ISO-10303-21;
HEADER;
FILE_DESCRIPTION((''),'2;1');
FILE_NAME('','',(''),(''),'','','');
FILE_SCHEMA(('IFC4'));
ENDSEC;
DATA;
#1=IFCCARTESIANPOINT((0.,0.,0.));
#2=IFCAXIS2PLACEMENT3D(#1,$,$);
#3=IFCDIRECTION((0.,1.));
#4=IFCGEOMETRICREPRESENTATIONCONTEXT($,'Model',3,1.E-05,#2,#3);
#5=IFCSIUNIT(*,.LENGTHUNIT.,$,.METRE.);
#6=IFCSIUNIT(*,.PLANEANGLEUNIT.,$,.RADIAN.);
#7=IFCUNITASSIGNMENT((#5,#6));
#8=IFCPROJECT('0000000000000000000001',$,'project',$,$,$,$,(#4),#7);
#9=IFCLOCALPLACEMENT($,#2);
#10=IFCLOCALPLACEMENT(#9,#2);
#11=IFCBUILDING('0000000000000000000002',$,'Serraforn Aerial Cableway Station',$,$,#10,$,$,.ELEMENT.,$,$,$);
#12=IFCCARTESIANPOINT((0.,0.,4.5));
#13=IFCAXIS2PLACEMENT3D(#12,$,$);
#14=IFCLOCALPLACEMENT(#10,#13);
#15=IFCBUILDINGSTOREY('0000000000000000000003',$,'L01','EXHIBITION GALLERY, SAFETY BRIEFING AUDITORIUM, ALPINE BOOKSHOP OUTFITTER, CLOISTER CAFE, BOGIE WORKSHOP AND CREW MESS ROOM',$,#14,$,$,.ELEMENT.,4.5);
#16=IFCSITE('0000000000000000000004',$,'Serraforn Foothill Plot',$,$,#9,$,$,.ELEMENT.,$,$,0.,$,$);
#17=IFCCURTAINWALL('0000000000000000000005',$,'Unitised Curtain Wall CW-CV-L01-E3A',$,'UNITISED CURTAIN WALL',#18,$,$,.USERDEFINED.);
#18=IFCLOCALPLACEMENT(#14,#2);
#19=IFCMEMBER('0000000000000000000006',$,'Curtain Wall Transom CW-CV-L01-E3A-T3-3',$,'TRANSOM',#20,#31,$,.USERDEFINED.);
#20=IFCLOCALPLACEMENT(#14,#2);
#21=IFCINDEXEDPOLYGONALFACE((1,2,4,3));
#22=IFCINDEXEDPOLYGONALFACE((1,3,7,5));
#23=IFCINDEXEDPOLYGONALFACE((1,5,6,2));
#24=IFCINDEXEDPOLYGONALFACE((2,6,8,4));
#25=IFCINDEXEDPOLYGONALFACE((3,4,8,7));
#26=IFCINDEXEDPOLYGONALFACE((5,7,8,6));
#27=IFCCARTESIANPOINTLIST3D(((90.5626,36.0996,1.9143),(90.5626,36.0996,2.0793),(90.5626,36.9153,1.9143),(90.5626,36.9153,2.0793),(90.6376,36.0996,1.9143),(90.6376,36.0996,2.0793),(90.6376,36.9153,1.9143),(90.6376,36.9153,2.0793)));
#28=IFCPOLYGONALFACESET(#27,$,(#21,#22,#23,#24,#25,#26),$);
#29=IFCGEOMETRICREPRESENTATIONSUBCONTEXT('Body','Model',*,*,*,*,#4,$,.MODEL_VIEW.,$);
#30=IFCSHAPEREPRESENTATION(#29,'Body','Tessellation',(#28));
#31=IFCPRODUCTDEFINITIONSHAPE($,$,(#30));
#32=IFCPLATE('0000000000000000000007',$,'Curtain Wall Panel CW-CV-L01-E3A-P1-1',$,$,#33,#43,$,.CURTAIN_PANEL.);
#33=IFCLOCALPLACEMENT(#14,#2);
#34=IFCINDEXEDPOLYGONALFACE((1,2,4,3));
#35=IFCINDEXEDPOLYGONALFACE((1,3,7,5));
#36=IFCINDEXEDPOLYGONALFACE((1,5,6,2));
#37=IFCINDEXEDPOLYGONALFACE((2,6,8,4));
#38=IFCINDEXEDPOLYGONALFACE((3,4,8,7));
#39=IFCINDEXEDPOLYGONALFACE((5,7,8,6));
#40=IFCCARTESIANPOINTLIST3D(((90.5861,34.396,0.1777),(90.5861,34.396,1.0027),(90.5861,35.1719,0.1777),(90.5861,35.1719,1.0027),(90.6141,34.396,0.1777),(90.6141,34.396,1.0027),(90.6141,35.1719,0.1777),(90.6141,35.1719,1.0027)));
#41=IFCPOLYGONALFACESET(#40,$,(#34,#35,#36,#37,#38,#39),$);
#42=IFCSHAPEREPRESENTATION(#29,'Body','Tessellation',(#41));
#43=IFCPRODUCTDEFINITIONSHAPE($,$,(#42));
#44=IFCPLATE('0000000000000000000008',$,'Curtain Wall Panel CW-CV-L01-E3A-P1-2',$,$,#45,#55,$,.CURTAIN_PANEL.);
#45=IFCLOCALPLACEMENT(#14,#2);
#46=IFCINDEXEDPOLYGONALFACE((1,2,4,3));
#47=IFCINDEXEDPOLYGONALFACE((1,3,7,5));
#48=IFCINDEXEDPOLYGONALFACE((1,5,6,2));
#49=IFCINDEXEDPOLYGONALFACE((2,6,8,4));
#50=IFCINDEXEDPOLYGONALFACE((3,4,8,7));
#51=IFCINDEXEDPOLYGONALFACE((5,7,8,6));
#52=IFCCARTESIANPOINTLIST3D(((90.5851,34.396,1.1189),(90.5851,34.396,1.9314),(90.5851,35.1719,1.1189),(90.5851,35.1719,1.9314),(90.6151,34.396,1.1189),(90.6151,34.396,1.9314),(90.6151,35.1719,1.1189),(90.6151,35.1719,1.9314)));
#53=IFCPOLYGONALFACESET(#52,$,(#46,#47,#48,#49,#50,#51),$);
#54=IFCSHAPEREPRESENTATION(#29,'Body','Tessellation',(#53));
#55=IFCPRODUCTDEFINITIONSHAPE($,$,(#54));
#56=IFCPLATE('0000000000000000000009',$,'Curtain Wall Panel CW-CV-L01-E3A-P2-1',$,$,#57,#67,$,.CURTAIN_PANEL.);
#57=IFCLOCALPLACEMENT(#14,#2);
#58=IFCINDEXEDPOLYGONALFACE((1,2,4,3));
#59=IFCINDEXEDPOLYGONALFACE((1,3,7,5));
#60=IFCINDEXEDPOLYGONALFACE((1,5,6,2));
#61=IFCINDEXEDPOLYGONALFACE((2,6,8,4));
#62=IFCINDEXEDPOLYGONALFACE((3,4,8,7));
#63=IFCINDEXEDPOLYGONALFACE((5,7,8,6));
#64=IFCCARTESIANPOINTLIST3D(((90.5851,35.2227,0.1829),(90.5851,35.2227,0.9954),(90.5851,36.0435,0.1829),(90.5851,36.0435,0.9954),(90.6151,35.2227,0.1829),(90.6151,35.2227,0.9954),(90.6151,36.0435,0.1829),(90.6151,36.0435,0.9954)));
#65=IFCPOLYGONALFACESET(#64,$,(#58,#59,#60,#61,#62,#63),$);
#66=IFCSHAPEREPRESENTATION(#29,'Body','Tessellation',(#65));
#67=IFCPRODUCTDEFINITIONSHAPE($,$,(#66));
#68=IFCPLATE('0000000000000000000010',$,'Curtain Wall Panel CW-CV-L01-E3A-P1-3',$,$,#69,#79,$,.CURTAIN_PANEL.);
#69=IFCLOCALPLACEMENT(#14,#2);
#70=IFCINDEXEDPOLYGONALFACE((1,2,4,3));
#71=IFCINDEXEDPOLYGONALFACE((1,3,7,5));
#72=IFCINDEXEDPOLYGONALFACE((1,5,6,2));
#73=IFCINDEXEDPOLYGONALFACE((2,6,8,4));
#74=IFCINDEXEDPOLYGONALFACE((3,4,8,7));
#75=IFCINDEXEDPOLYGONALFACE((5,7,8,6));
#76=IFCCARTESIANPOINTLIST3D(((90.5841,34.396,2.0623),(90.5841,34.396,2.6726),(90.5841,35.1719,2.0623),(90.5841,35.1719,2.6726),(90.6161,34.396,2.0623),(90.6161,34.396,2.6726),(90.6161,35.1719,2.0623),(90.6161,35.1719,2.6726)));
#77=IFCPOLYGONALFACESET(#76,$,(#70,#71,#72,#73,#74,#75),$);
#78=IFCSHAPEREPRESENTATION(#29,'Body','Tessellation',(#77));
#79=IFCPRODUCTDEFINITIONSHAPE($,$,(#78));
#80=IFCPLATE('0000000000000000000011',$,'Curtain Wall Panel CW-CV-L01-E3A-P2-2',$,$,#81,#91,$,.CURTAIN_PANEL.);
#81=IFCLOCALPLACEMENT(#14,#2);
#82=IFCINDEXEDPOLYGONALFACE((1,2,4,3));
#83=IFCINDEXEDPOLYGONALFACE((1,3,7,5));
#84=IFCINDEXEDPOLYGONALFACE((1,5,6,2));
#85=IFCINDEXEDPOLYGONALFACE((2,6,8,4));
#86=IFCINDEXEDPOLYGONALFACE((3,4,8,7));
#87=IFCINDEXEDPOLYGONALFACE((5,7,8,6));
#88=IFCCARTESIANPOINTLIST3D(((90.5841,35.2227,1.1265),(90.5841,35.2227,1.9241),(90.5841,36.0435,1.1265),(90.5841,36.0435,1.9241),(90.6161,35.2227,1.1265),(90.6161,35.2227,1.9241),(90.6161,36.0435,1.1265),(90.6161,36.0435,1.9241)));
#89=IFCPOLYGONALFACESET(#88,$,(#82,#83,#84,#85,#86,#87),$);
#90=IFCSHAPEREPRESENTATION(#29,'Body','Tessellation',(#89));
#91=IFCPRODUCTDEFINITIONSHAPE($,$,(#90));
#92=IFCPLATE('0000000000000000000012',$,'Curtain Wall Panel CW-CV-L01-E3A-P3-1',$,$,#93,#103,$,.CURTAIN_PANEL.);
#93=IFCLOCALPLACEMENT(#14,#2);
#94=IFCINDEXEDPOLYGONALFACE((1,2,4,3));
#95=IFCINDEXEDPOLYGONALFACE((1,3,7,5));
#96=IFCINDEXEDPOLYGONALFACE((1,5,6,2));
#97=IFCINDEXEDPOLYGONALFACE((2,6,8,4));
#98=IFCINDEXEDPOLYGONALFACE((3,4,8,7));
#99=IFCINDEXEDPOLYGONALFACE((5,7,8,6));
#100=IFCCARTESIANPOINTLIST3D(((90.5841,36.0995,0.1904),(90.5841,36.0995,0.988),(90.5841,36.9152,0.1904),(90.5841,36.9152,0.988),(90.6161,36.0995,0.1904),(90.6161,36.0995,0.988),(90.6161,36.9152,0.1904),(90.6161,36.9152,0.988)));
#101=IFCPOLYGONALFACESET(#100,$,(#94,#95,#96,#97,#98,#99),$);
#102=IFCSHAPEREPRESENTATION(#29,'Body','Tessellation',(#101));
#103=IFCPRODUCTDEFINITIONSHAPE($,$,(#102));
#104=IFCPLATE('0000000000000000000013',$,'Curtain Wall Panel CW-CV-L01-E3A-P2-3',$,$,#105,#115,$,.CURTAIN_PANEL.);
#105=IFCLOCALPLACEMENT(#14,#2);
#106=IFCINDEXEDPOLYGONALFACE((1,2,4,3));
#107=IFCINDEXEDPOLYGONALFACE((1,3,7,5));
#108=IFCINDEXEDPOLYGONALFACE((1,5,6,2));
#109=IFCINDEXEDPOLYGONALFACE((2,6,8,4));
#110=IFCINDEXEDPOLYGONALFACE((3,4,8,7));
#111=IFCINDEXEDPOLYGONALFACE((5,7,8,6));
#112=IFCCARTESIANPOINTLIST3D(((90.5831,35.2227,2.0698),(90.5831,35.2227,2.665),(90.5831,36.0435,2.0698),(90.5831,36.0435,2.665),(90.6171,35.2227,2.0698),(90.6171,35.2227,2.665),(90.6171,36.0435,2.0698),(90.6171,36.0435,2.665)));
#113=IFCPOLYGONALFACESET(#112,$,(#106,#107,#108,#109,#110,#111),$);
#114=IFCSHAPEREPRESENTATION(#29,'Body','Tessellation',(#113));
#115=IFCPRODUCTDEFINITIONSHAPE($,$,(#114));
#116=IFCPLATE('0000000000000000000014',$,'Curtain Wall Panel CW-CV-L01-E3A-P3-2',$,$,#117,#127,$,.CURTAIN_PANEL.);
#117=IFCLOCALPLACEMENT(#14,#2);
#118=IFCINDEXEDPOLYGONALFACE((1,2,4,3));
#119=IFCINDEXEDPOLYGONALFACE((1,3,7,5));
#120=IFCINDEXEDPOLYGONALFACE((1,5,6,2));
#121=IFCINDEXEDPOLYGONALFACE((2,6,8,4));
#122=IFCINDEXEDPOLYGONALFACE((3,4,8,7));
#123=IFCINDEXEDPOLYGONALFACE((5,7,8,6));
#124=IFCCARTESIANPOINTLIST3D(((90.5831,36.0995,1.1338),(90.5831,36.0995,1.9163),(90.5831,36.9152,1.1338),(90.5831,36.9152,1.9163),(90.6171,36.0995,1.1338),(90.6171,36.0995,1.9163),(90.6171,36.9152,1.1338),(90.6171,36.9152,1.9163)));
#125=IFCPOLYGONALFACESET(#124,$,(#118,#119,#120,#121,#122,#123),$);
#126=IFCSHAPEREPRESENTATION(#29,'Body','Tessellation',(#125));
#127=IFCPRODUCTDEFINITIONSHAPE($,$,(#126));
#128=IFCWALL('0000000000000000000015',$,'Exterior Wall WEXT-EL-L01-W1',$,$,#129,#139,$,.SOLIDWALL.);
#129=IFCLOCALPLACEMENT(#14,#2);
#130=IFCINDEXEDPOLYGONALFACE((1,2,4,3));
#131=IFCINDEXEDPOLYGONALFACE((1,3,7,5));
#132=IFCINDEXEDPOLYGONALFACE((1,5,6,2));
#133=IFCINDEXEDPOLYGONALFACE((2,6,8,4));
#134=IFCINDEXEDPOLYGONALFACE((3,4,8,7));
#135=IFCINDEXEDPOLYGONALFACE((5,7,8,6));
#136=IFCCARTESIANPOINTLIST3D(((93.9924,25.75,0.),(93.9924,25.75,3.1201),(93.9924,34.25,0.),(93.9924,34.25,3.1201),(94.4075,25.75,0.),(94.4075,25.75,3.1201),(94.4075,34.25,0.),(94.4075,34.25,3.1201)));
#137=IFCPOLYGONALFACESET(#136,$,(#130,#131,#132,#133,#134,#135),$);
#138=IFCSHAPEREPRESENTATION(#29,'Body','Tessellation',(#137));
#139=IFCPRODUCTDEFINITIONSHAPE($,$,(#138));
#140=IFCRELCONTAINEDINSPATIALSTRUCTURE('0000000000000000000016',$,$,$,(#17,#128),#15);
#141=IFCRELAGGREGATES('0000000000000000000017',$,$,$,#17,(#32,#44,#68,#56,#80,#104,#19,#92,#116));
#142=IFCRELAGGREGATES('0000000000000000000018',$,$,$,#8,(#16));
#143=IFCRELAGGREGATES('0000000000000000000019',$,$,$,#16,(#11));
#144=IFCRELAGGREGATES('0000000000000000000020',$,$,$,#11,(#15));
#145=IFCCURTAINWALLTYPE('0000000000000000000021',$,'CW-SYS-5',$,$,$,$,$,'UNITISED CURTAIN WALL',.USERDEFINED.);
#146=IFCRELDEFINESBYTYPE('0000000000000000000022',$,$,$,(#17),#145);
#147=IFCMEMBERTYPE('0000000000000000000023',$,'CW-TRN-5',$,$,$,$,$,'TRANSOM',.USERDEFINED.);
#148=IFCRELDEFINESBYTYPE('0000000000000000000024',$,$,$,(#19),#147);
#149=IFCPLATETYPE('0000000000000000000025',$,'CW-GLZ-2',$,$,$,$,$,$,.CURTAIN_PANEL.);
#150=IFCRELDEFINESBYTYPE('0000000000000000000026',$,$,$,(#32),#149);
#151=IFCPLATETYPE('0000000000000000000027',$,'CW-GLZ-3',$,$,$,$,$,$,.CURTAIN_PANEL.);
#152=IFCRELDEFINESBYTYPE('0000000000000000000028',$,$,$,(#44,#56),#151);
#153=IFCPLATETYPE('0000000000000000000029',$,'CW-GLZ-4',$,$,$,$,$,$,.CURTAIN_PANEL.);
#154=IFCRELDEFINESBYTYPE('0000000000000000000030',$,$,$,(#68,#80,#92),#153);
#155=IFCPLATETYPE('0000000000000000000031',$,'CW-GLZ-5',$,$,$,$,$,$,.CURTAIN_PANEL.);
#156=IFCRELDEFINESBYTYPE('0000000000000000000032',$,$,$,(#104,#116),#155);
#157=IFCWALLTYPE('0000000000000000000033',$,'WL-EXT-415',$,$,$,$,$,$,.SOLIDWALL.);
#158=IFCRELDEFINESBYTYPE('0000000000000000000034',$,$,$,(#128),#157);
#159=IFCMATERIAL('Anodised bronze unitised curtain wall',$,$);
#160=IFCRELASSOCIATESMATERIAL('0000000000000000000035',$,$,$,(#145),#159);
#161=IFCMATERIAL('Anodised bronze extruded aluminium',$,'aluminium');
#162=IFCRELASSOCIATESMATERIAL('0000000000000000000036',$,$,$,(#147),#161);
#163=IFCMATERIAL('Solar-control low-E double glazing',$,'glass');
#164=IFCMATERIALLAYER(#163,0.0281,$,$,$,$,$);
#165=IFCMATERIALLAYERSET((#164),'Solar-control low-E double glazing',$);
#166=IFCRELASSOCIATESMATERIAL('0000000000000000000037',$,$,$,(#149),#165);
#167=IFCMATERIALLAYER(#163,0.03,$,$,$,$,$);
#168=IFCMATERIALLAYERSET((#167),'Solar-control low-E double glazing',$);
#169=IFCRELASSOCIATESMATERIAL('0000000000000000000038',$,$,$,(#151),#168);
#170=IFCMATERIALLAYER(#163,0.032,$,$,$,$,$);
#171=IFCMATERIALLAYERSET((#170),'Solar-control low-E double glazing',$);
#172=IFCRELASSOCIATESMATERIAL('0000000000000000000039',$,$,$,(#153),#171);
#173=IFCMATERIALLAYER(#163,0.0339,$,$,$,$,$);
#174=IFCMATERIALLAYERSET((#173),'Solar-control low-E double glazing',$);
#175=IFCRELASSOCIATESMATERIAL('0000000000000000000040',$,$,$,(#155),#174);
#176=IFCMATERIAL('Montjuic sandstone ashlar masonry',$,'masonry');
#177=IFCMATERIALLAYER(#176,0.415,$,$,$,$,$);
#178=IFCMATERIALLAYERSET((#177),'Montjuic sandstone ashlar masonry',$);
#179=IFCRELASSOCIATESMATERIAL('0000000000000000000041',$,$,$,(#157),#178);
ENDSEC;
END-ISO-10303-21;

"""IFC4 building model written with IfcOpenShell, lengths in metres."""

from ifc_helpers import new_model, si_unit, direction, frame, frame_2d, origin, origin_2d, place, context, subcontext, project, spatial, rectangle, extrude, material, layer, layer_set, material_profile, profile_set, type_object, element, aggregate, save


model = new_model("IFC4")

# Units and contexts
model_context = context("Model", 3, precision=1e-05, world=origin(), true_north=direction((0.0, 1.0)))
body_context = subcontext(model_context, "Body", "Model", "MODEL_VIEW")
ifc_project = project(units=[si_unit("LENGTHUNIT", "METRE"), si_unit("PLANEANGLEUNIT", "RADIAN")], contexts=[model_context])

# Site, building, storey
site_placement = place(None, origin())
site = spatial("IfcSite", under=ifc_project, at=site_placement, Name="Serraforn Foothill Plot", CompositionType="ELEMENT", RefElevation=0.0)
building_placement = place(site_placement, origin())
building = spatial("IfcBuilding", under=site, at=building_placement, Name="Serraforn Aerial Cableway Station", CompositionType="ELEMENT")
storey_placement = place(building_placement, frame((0.0, 0.0, 4.5)))
storey = spatial("IfcBuildingStorey", under=building, at=storey_placement, Name="L01", Description="EXHIBITION GALLERY, SAFETY BRIEFING AUDITORIUM, ALPINE BOOKSHOP OUTFITTER, CLOISTER CAFE, BOGIE WORKSHOP AND CREW MESS ROOM", CompositionType="ELEMENT", Elevation=4.5)

# Curtain wall, member, plates
ifc_material_1 = material(Name="Anodised bronze unitised curtain wall")
curtain_wall_type = type_object("IfcCurtainWallType", Name="CW-SYS-5", ElementType="UNITISED CURTAIN WALL", PredefinedType="USERDEFINED", material=ifc_material_1)
curtain_wall_placement = place(storey_placement, origin())
curtain_wall = element("IfcCurtainWall", 1, at=curtain_wall_placement, inside=storey, type_object=curtain_wall_type, Name="Unitised Curtain Wall CW-CV-L01-E3A", ObjectType="UNITISED CURTAIN WALL", PredefinedType="USERDEFINED")
ifc_material_2 = material(Name="Anodised bronze extruded aluminium", Category="aluminium")
ifc_material_profile_1 = material_profile(ifc_material_2, rectangle(XDim=0.075, YDim=0.165, at=origin_2d()), Name="CW TRANSOM 75x165")
ifc_profile_set_1 = profile_set([ifc_material_profile_1], Name="Anodised bronze extruded aluminium")
member_type_1 = type_object("IfcMemberType", Name="CW-TRN-5", ElementType="TRANSOM", PredefinedType="USERDEFINED", material=ifc_profile_set_1)
member_1_placement = place(storey_placement, frame((90.6001, 36.0996, 1.9968), z_axis=(0.0, 1.0, 0.0), x_axis=(-1.0, 0.0, 0.0)))
member_1 = element("IfcMember", 2, at=member_1_placement, type_object=member_type_1, Name="Curtain Wall Transom CW-CV-L01-E3A-T3-3", ObjectType="TRANSOM", PredefinedType="USERDEFINED", context=body_context, shape_type="SweptSolid", body=[
    extrude(rectangle(XDim=0.075, YDim=0.165, at=origin_2d()), origin(), (0.0, 0.0, 1.0), 0.8157),
])
ifc_material_3 = material(Name="Solar-control low-E double glazing", Category="glass")
ifc_layer_1 = layer(ifc_material_3, 0.0281)
ifc_layer_set_1 = layer_set([ifc_layer_1], Name="Solar-control low-E double glazing")
plate_type_1 = type_object("IfcPlateType", Name="CW-GLZ-2", PredefinedType="CURTAIN_PANEL", material=ifc_layer_set_1)
plate_1_placement = place(storey_placement, frame((90.6001, 34.7839, 0.1777), z_axis=(0.0, 0.0, 1.0), x_axis=(1.0, 0.0, 0.0)))
plate_1 = element("IfcPlate", 3, at=plate_1_placement, type_object=plate_type_1, Name="Curtain Wall Panel CW-CV-L01-E3A-P1-1", PredefinedType="CURTAIN_PANEL", context=body_context, shape_type="SweptSolid", body=[
    extrude(rectangle(XDim=0.0281, YDim=0.7759, at=origin_2d()), origin(), (0.0, 0.0, 1.0), 0.825),
])
ifc_layer_2 = layer(ifc_material_3, 0.03)
ifc_layer_set_2 = layer_set([ifc_layer_2], Name="Solar-control low-E double glazing")
plate_type_2 = type_object("IfcPlateType", Name="CW-GLZ-3", PredefinedType="CURTAIN_PANEL", material=ifc_layer_set_2)
plate_2_placement = place(storey_placement, frame((90.6001, 34.7839, 1.1189), z_axis=(0.0, 0.0, 1.0), x_axis=(1.0, 0.0, 0.0)))
plate_2 = element("IfcPlate", 4, at=plate_2_placement, type_object=plate_type_2, Name="Curtain Wall Panel CW-CV-L01-E3A-P1-2", PredefinedType="CURTAIN_PANEL", context=body_context, shape_type="SweptSolid", body=[
    extrude(rectangle(XDim=0.03, YDim=0.7759, at=origin_2d()), origin(), (0.0, 0.0, 1.0), 0.8125),
])
plate_3_placement = place(storey_placement, frame((90.6001, 35.6331, 0.1829), z_axis=(0.0, 0.0, 1.0), x_axis=(1.0, 0.0, 0.0)))
plate_3 = element("IfcPlate", 5, at=plate_3_placement, type_object=plate_type_2, Name="Curtain Wall Panel CW-CV-L01-E3A-P2-1", PredefinedType="CURTAIN_PANEL", context=body_context, shape_type="SweptSolid", body=[
    extrude(rectangle(XDim=0.03, YDim=0.8208, at=origin_2d()), origin(), (0.0, 0.0, 1.0), 0.8125),
])
ifc_layer_3 = layer(ifc_material_3, 0.032)
ifc_layer_set_3 = layer_set([ifc_layer_3], Name="Solar-control low-E double glazing")
plate_type_3 = type_object("IfcPlateType", Name="CW-GLZ-4", PredefinedType="CURTAIN_PANEL", material=ifc_layer_set_3)
plate_4_placement = place(storey_placement, frame((90.6001, 34.7839, 2.0623), z_axis=(0.0, 0.0, 1.0), x_axis=(1.0, 0.0, 0.0)))
plate_4 = element("IfcPlate", 6, at=plate_4_placement, type_object=plate_type_3, Name="Curtain Wall Panel CW-CV-L01-E3A-P1-3", PredefinedType="CURTAIN_PANEL", context=body_context, shape_type="SweptSolid", body=[
    extrude(rectangle(XDim=0.032, YDim=0.7759, at=origin_2d()), origin(), (0.0, 0.0, 1.0), 0.6104),
])
plate_5_placement = place(storey_placement, frame((90.6001, 35.6331, 1.1265), z_axis=(0.0, 0.0, 1.0), x_axis=(1.0, 0.0, 0.0)))
plate_5 = element("IfcPlate", 7, at=plate_5_placement, type_object=plate_type_3, Name="Curtain Wall Panel CW-CV-L01-E3A-P2-2", PredefinedType="CURTAIN_PANEL", context=body_context, shape_type="SweptSolid", body=[
    extrude(rectangle(XDim=0.032, YDim=0.8208, at=origin_2d()), origin(), (0.0, 0.0, 1.0), 0.7976),
])
plate_6_placement = place(storey_placement, frame((90.6001, 36.5073, 0.1904), z_axis=(0.0, 0.0, 1.0), x_axis=(1.0, 0.0, 0.0)))
plate_6 = element("IfcPlate", 8, at=plate_6_placement, type_object=plate_type_3, Name="Curtain Wall Panel CW-CV-L01-E3A-P3-1", PredefinedType="CURTAIN_PANEL", context=body_context, shape_type="SweptSolid", body=[
    extrude(rectangle(XDim=0.032, YDim=0.8157, at=origin_2d()), origin(), (0.0, 0.0, 1.0), 0.7976),
])
ifc_layer_4 = layer(ifc_material_3, 0.0339)
ifc_layer_set_4 = layer_set([ifc_layer_4], Name="Solar-control low-E double glazing")
plate_type_4 = type_object("IfcPlateType", Name="CW-GLZ-5", PredefinedType="CURTAIN_PANEL", material=ifc_layer_set_4)
plate_7_placement = place(storey_placement, frame((90.6001, 35.6331, 2.0698), z_axis=(0.0, 0.0, 1.0), x_axis=(1.0, 0.0, 0.0)))
plate_7 = element("IfcPlate", 9, at=plate_7_placement, type_object=plate_type_4, Name="Curtain Wall Panel CW-CV-L01-E3A-P2-3", PredefinedType="CURTAIN_PANEL", context=body_context, shape_type="SweptSolid", body=[
    extrude(rectangle(XDim=0.0339, YDim=0.8208, at=origin_2d()), origin(), (0.0, 0.0, 1.0), 0.5952),
])
plate_8_placement = place(storey_placement, frame((90.6001, 36.5073, 1.1338), z_axis=(0.0, 0.0, 1.0), x_axis=(1.0, 0.0, 0.0)))
plate_8 = element("IfcPlate", 10, at=plate_8_placement, type_object=plate_type_4, Name="Curtain Wall Panel CW-CV-L01-E3A-P3-2", PredefinedType="CURTAIN_PANEL", context=body_context, shape_type="SweptSolid", body=[
    extrude(rectangle(XDim=0.0339, YDim=0.8157, at=origin_2d()), origin(), (0.0, 0.0, 1.0), 0.7825),
])
aggregate(curtain_wall, [plate_1, plate_2, plate_4, plate_3, plate_5, plate_7, member_1, plate_6, plate_8])

# Wall
ifc_material_4 = material(Name="Montjuic sandstone ashlar masonry", Category="masonry")
ifc_layer_5 = layer(ifc_material_4, 0.415)
ifc_layer_set_5 = layer_set([ifc_layer_5], Name="Montjuic sandstone ashlar masonry")
wall_type = type_object("IfcWallType", Name="WL-EXT-415", PredefinedType="SOLIDWALL", material=ifc_layer_set_5)
wall_placement = place(storey_placement, frame((94.2, 34.25, 0.0), z_axis=(0.0, 0.0, 1.0), x_axis=(0.0, -1.0, 0.0)))
element("IfcWall", 11, at=wall_placement, inside=storey, type_object=wall_type, Name="Exterior Wall WEXT-EL-L01-W1", PredefinedType="SOLIDWALL", context=body_context, shape_type="SweptSolid", body=[
    extrude(rectangle(XDim=8.5, YDim=0.415, at=frame_2d((4.25, 0.0))), origin(), (0.0, 0.0, 1.0), 3.1201),
])

save(model, "model.ifc")
